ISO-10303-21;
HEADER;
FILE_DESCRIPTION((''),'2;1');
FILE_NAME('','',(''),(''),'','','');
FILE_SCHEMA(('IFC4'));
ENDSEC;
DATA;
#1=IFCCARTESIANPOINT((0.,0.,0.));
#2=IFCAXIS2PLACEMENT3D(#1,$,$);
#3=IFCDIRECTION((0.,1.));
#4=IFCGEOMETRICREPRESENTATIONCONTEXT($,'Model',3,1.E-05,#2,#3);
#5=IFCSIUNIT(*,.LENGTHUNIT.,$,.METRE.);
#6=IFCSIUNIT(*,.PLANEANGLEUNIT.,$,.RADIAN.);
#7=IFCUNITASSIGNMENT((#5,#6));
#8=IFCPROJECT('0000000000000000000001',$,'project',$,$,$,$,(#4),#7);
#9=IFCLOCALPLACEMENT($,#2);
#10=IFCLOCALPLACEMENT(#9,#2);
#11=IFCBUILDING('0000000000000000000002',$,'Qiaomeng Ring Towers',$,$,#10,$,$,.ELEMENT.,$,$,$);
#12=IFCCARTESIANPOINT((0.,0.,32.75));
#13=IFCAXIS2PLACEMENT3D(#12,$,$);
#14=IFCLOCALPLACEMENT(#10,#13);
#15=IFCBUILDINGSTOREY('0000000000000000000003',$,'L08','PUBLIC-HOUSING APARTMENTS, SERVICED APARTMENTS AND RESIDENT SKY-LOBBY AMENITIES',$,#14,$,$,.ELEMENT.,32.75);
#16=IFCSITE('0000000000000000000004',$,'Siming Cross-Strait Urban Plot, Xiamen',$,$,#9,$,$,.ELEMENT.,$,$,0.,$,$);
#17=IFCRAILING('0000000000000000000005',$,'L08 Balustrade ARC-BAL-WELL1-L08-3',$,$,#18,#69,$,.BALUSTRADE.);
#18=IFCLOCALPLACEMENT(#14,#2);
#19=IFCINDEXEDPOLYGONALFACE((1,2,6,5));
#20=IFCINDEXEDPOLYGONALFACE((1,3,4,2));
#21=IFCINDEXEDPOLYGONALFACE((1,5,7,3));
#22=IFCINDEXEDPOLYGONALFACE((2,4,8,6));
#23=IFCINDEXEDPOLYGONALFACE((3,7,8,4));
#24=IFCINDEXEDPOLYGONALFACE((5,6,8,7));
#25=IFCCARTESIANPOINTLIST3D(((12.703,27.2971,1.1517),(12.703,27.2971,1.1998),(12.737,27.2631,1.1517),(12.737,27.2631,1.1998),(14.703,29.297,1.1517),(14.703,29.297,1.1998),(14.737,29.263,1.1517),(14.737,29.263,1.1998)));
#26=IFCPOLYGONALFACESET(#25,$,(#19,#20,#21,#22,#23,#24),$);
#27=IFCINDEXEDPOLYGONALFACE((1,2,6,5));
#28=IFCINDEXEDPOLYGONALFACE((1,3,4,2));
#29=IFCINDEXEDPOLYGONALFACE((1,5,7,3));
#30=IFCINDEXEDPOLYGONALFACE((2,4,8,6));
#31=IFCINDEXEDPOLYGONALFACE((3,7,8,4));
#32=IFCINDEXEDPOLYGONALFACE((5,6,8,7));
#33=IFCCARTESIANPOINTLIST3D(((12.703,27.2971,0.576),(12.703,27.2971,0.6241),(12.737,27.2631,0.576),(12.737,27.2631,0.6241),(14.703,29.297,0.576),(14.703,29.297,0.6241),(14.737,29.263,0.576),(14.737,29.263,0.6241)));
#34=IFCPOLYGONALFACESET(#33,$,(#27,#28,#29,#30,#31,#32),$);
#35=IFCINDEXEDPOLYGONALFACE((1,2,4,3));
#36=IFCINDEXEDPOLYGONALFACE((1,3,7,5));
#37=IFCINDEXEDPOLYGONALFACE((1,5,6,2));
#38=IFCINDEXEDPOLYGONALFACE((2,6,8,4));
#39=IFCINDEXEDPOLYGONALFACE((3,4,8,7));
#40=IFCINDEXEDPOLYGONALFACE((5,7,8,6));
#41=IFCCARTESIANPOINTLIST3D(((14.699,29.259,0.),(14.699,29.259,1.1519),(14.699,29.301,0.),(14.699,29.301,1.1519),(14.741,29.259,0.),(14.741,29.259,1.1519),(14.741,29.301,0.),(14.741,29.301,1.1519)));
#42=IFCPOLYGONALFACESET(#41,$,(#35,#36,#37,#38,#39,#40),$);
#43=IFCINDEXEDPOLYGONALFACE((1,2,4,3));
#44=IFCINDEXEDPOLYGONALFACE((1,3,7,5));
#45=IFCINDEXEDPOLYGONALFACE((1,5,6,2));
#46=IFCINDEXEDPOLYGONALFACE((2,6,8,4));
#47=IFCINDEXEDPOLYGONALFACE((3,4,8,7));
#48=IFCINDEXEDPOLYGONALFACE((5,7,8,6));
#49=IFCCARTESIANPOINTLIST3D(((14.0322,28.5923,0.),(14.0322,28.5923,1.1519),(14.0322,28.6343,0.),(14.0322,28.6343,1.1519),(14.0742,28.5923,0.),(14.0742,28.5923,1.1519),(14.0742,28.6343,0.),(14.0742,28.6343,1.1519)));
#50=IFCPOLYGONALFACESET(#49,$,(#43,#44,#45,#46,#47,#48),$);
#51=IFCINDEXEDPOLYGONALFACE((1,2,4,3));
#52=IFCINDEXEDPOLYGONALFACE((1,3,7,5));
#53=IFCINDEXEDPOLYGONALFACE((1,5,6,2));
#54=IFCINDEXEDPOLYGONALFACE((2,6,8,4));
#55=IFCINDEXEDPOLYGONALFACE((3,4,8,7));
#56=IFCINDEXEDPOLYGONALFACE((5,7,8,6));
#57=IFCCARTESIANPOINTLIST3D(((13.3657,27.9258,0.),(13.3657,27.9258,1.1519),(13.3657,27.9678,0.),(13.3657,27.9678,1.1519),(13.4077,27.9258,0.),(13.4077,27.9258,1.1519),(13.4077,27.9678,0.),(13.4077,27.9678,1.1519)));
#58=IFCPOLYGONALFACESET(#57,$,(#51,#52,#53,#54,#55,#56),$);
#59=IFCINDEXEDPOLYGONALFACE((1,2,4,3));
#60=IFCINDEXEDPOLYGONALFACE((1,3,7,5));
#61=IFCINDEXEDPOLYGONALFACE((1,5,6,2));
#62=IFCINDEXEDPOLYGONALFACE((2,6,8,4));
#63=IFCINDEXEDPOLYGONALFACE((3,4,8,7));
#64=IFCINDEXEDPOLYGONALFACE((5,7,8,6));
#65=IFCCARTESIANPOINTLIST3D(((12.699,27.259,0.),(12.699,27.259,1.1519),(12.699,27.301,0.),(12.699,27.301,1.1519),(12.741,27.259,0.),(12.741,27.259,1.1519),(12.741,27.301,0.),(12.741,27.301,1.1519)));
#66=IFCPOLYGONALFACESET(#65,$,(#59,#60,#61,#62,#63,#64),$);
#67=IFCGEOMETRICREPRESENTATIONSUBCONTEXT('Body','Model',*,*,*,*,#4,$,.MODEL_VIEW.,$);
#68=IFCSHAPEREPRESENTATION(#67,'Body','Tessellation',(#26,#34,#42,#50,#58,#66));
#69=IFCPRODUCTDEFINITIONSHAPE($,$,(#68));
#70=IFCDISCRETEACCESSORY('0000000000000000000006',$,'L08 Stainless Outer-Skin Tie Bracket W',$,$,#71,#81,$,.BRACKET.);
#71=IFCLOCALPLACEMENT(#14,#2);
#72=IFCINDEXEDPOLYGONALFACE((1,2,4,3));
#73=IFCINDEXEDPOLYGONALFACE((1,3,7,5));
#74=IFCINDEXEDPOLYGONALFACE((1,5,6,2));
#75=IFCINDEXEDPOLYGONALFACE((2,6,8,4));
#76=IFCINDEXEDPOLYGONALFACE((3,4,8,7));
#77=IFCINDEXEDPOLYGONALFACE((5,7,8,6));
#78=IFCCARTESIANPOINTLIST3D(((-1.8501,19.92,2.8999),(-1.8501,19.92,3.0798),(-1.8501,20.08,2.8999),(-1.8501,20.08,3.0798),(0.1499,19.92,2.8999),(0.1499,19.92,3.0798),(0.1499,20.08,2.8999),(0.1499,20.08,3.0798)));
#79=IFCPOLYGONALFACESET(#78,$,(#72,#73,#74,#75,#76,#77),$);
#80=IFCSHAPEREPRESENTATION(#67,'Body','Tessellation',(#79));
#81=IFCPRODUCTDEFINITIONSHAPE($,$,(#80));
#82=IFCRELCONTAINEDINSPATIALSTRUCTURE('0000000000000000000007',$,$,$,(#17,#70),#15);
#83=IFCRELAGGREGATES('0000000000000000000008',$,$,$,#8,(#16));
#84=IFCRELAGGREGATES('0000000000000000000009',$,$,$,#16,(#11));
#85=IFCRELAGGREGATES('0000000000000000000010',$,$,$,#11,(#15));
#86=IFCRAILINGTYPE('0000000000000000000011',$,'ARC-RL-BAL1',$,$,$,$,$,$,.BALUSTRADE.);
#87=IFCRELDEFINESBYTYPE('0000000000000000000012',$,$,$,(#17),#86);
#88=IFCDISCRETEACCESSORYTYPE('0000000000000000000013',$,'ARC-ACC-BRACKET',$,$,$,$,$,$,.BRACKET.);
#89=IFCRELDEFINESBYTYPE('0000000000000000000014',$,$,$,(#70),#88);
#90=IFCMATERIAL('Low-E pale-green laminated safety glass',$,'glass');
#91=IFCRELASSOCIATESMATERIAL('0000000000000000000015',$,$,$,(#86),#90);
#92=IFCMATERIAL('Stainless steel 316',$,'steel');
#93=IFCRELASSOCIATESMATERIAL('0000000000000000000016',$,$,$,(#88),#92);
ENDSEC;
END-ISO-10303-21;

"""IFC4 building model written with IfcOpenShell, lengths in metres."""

from ifc_helpers import new_model, si_unit, direction, frame, origin, origin_2d, place, context, subcontext, project, spatial, rectangle, extrude, source, transform, mapped, material, type_object, element, save


model = new_model("IFC4")

# Units and contexts
model_context = context("Model", 3, precision=1e-05, world=origin(), true_north=direction((0.0, 1.0)))
body_context = subcontext(model_context, "Body", "Model", "MODEL_VIEW")
ifc_project = project(units=[si_unit("LENGTHUNIT", "METRE"), si_unit("PLANEANGLEUNIT", "RADIAN")], contexts=[model_context])

# Site, building, storey
site_placement = place(None, origin())
site = spatial("IfcSite", under=ifc_project, at=site_placement, Name="Siming Cross-Strait Urban Plot, Xiamen", CompositionType="ELEMENT", RefElevation=0.0)
building_placement = place(site_placement, origin())
building = spatial("IfcBuilding", under=site, at=building_placement, Name="Qiaomeng Ring Towers", CompositionType="ELEMENT")
storey_placement = place(building_placement, frame((0.0, 0.0, 32.75)))
storey = spatial("IfcBuildingStorey", under=building, at=storey_placement, Name="L08", Description="PUBLIC-HOUSING APARTMENTS, SERVICED APARTMENTS AND RESIDENT SKY-LOBBY AMENITIES", CompositionType="ELEMENT", Elevation=32.75)

# Shared definitions
ifc_material_1 = material(Name="Stainless steel 316", Category="steel")

# Railing
ifc_material_2 = material(Name="Low-E pale-green laminated safety glass", Category="glass")
railing_type = type_object("IfcRailingType", Name="ARC-RL-BAL1", PredefinedType="BALUSTRADE", material=ifc_material_2)
railing_placement = place(storey_placement, frame((14.72, 29.28, 0.0)))
element("IfcRailing", 1, at=railing_placement, inside=storey, type_object=railing_type, Name="L08 Balustrade ARC-BAL-WELL1-L08-3", PredefinedType="BALUSTRADE", context=body_context, shape_type="SweptSolid", body=[
    extrude(rectangle(XDim=0.0481, YDim=0.0481, at=origin_2d()), frame((0.0, 0.0, 1.1758), z_axis=(-0.707107, -0.707107, 0.0), x_axis=(0.707107, -0.707107, 0.0)), (0.0, 0.0, 1.0), 2.8284),
    extrude(rectangle(XDim=0.0481, YDim=0.0481, at=origin_2d()), frame((0.0, 0.0, 0.6001), z_axis=(-0.707107, -0.707107, 0.0), x_axis=(0.707107, -0.707107, 0.0)), (0.0, 0.0, 1.0), 2.8284),
    extrude(rectangle(XDim=0.042, YDim=0.042, at=origin_2d()), origin(), (0.0, 0.0, 1.0), 1.1519),
    extrude(rectangle(XDim=0.042, YDim=0.042, at=origin_2d()), frame((-0.6667, -0.6667, 0.0)), (0.0, 0.0, 1.0), 1.1519),
    extrude(rectangle(XDim=0.042, YDim=0.042, at=origin_2d()), frame((-1.3333, -1.3333, 0.0)), (0.0, 0.0, 1.0), 1.1519),
    extrude(rectangle(XDim=0.042, YDim=0.042, at=origin_2d()), frame((-2.0, -2.0, 0.0)), (0.0, 0.0, 1.0), 1.1519),
])

# Discrete accessory
discrete_accessory_type = type_object("IfcDiscreteAccessoryType", Name="ARC-ACC-BRACKET", PredefinedType="BRACKET", material=ifc_material_1)
shared_shape_1 = source(origin(), body_context, "Body", "SweptSolid", [
    extrude(rectangle(XDim=2.0, YDim=0.1599, at=origin_2d()), origin(), (0.0, 0.0, 1.0), 0.1799),
])
discrete_accessory_placement = place(storey_placement, frame((-0.8501, 20.0, 2.8999), z_axis=(0.0, 0.0, 1.0), x_axis=(1.0, 0.0, 0.0)))
element("IfcDiscreteAccessory", 2, at=discrete_accessory_placement, inside=storey, type_object=discrete_accessory_type, Name="L08 Stainless Outer-Skin Tie Bracket W", PredefinedType="BRACKET", context=body_context, shape_type="MappedRepresentation", body=[
    mapped(shared_shape_1, transform((0.0, 0.0, 0.0), x_axis=(1.0, 0.0, 0.0), y_axis=(0.0, 1.0, 0.0), z_axis=(0.0, 0.0, 1.0), scale=1.0)),
])

save(model, "model.ifc")
